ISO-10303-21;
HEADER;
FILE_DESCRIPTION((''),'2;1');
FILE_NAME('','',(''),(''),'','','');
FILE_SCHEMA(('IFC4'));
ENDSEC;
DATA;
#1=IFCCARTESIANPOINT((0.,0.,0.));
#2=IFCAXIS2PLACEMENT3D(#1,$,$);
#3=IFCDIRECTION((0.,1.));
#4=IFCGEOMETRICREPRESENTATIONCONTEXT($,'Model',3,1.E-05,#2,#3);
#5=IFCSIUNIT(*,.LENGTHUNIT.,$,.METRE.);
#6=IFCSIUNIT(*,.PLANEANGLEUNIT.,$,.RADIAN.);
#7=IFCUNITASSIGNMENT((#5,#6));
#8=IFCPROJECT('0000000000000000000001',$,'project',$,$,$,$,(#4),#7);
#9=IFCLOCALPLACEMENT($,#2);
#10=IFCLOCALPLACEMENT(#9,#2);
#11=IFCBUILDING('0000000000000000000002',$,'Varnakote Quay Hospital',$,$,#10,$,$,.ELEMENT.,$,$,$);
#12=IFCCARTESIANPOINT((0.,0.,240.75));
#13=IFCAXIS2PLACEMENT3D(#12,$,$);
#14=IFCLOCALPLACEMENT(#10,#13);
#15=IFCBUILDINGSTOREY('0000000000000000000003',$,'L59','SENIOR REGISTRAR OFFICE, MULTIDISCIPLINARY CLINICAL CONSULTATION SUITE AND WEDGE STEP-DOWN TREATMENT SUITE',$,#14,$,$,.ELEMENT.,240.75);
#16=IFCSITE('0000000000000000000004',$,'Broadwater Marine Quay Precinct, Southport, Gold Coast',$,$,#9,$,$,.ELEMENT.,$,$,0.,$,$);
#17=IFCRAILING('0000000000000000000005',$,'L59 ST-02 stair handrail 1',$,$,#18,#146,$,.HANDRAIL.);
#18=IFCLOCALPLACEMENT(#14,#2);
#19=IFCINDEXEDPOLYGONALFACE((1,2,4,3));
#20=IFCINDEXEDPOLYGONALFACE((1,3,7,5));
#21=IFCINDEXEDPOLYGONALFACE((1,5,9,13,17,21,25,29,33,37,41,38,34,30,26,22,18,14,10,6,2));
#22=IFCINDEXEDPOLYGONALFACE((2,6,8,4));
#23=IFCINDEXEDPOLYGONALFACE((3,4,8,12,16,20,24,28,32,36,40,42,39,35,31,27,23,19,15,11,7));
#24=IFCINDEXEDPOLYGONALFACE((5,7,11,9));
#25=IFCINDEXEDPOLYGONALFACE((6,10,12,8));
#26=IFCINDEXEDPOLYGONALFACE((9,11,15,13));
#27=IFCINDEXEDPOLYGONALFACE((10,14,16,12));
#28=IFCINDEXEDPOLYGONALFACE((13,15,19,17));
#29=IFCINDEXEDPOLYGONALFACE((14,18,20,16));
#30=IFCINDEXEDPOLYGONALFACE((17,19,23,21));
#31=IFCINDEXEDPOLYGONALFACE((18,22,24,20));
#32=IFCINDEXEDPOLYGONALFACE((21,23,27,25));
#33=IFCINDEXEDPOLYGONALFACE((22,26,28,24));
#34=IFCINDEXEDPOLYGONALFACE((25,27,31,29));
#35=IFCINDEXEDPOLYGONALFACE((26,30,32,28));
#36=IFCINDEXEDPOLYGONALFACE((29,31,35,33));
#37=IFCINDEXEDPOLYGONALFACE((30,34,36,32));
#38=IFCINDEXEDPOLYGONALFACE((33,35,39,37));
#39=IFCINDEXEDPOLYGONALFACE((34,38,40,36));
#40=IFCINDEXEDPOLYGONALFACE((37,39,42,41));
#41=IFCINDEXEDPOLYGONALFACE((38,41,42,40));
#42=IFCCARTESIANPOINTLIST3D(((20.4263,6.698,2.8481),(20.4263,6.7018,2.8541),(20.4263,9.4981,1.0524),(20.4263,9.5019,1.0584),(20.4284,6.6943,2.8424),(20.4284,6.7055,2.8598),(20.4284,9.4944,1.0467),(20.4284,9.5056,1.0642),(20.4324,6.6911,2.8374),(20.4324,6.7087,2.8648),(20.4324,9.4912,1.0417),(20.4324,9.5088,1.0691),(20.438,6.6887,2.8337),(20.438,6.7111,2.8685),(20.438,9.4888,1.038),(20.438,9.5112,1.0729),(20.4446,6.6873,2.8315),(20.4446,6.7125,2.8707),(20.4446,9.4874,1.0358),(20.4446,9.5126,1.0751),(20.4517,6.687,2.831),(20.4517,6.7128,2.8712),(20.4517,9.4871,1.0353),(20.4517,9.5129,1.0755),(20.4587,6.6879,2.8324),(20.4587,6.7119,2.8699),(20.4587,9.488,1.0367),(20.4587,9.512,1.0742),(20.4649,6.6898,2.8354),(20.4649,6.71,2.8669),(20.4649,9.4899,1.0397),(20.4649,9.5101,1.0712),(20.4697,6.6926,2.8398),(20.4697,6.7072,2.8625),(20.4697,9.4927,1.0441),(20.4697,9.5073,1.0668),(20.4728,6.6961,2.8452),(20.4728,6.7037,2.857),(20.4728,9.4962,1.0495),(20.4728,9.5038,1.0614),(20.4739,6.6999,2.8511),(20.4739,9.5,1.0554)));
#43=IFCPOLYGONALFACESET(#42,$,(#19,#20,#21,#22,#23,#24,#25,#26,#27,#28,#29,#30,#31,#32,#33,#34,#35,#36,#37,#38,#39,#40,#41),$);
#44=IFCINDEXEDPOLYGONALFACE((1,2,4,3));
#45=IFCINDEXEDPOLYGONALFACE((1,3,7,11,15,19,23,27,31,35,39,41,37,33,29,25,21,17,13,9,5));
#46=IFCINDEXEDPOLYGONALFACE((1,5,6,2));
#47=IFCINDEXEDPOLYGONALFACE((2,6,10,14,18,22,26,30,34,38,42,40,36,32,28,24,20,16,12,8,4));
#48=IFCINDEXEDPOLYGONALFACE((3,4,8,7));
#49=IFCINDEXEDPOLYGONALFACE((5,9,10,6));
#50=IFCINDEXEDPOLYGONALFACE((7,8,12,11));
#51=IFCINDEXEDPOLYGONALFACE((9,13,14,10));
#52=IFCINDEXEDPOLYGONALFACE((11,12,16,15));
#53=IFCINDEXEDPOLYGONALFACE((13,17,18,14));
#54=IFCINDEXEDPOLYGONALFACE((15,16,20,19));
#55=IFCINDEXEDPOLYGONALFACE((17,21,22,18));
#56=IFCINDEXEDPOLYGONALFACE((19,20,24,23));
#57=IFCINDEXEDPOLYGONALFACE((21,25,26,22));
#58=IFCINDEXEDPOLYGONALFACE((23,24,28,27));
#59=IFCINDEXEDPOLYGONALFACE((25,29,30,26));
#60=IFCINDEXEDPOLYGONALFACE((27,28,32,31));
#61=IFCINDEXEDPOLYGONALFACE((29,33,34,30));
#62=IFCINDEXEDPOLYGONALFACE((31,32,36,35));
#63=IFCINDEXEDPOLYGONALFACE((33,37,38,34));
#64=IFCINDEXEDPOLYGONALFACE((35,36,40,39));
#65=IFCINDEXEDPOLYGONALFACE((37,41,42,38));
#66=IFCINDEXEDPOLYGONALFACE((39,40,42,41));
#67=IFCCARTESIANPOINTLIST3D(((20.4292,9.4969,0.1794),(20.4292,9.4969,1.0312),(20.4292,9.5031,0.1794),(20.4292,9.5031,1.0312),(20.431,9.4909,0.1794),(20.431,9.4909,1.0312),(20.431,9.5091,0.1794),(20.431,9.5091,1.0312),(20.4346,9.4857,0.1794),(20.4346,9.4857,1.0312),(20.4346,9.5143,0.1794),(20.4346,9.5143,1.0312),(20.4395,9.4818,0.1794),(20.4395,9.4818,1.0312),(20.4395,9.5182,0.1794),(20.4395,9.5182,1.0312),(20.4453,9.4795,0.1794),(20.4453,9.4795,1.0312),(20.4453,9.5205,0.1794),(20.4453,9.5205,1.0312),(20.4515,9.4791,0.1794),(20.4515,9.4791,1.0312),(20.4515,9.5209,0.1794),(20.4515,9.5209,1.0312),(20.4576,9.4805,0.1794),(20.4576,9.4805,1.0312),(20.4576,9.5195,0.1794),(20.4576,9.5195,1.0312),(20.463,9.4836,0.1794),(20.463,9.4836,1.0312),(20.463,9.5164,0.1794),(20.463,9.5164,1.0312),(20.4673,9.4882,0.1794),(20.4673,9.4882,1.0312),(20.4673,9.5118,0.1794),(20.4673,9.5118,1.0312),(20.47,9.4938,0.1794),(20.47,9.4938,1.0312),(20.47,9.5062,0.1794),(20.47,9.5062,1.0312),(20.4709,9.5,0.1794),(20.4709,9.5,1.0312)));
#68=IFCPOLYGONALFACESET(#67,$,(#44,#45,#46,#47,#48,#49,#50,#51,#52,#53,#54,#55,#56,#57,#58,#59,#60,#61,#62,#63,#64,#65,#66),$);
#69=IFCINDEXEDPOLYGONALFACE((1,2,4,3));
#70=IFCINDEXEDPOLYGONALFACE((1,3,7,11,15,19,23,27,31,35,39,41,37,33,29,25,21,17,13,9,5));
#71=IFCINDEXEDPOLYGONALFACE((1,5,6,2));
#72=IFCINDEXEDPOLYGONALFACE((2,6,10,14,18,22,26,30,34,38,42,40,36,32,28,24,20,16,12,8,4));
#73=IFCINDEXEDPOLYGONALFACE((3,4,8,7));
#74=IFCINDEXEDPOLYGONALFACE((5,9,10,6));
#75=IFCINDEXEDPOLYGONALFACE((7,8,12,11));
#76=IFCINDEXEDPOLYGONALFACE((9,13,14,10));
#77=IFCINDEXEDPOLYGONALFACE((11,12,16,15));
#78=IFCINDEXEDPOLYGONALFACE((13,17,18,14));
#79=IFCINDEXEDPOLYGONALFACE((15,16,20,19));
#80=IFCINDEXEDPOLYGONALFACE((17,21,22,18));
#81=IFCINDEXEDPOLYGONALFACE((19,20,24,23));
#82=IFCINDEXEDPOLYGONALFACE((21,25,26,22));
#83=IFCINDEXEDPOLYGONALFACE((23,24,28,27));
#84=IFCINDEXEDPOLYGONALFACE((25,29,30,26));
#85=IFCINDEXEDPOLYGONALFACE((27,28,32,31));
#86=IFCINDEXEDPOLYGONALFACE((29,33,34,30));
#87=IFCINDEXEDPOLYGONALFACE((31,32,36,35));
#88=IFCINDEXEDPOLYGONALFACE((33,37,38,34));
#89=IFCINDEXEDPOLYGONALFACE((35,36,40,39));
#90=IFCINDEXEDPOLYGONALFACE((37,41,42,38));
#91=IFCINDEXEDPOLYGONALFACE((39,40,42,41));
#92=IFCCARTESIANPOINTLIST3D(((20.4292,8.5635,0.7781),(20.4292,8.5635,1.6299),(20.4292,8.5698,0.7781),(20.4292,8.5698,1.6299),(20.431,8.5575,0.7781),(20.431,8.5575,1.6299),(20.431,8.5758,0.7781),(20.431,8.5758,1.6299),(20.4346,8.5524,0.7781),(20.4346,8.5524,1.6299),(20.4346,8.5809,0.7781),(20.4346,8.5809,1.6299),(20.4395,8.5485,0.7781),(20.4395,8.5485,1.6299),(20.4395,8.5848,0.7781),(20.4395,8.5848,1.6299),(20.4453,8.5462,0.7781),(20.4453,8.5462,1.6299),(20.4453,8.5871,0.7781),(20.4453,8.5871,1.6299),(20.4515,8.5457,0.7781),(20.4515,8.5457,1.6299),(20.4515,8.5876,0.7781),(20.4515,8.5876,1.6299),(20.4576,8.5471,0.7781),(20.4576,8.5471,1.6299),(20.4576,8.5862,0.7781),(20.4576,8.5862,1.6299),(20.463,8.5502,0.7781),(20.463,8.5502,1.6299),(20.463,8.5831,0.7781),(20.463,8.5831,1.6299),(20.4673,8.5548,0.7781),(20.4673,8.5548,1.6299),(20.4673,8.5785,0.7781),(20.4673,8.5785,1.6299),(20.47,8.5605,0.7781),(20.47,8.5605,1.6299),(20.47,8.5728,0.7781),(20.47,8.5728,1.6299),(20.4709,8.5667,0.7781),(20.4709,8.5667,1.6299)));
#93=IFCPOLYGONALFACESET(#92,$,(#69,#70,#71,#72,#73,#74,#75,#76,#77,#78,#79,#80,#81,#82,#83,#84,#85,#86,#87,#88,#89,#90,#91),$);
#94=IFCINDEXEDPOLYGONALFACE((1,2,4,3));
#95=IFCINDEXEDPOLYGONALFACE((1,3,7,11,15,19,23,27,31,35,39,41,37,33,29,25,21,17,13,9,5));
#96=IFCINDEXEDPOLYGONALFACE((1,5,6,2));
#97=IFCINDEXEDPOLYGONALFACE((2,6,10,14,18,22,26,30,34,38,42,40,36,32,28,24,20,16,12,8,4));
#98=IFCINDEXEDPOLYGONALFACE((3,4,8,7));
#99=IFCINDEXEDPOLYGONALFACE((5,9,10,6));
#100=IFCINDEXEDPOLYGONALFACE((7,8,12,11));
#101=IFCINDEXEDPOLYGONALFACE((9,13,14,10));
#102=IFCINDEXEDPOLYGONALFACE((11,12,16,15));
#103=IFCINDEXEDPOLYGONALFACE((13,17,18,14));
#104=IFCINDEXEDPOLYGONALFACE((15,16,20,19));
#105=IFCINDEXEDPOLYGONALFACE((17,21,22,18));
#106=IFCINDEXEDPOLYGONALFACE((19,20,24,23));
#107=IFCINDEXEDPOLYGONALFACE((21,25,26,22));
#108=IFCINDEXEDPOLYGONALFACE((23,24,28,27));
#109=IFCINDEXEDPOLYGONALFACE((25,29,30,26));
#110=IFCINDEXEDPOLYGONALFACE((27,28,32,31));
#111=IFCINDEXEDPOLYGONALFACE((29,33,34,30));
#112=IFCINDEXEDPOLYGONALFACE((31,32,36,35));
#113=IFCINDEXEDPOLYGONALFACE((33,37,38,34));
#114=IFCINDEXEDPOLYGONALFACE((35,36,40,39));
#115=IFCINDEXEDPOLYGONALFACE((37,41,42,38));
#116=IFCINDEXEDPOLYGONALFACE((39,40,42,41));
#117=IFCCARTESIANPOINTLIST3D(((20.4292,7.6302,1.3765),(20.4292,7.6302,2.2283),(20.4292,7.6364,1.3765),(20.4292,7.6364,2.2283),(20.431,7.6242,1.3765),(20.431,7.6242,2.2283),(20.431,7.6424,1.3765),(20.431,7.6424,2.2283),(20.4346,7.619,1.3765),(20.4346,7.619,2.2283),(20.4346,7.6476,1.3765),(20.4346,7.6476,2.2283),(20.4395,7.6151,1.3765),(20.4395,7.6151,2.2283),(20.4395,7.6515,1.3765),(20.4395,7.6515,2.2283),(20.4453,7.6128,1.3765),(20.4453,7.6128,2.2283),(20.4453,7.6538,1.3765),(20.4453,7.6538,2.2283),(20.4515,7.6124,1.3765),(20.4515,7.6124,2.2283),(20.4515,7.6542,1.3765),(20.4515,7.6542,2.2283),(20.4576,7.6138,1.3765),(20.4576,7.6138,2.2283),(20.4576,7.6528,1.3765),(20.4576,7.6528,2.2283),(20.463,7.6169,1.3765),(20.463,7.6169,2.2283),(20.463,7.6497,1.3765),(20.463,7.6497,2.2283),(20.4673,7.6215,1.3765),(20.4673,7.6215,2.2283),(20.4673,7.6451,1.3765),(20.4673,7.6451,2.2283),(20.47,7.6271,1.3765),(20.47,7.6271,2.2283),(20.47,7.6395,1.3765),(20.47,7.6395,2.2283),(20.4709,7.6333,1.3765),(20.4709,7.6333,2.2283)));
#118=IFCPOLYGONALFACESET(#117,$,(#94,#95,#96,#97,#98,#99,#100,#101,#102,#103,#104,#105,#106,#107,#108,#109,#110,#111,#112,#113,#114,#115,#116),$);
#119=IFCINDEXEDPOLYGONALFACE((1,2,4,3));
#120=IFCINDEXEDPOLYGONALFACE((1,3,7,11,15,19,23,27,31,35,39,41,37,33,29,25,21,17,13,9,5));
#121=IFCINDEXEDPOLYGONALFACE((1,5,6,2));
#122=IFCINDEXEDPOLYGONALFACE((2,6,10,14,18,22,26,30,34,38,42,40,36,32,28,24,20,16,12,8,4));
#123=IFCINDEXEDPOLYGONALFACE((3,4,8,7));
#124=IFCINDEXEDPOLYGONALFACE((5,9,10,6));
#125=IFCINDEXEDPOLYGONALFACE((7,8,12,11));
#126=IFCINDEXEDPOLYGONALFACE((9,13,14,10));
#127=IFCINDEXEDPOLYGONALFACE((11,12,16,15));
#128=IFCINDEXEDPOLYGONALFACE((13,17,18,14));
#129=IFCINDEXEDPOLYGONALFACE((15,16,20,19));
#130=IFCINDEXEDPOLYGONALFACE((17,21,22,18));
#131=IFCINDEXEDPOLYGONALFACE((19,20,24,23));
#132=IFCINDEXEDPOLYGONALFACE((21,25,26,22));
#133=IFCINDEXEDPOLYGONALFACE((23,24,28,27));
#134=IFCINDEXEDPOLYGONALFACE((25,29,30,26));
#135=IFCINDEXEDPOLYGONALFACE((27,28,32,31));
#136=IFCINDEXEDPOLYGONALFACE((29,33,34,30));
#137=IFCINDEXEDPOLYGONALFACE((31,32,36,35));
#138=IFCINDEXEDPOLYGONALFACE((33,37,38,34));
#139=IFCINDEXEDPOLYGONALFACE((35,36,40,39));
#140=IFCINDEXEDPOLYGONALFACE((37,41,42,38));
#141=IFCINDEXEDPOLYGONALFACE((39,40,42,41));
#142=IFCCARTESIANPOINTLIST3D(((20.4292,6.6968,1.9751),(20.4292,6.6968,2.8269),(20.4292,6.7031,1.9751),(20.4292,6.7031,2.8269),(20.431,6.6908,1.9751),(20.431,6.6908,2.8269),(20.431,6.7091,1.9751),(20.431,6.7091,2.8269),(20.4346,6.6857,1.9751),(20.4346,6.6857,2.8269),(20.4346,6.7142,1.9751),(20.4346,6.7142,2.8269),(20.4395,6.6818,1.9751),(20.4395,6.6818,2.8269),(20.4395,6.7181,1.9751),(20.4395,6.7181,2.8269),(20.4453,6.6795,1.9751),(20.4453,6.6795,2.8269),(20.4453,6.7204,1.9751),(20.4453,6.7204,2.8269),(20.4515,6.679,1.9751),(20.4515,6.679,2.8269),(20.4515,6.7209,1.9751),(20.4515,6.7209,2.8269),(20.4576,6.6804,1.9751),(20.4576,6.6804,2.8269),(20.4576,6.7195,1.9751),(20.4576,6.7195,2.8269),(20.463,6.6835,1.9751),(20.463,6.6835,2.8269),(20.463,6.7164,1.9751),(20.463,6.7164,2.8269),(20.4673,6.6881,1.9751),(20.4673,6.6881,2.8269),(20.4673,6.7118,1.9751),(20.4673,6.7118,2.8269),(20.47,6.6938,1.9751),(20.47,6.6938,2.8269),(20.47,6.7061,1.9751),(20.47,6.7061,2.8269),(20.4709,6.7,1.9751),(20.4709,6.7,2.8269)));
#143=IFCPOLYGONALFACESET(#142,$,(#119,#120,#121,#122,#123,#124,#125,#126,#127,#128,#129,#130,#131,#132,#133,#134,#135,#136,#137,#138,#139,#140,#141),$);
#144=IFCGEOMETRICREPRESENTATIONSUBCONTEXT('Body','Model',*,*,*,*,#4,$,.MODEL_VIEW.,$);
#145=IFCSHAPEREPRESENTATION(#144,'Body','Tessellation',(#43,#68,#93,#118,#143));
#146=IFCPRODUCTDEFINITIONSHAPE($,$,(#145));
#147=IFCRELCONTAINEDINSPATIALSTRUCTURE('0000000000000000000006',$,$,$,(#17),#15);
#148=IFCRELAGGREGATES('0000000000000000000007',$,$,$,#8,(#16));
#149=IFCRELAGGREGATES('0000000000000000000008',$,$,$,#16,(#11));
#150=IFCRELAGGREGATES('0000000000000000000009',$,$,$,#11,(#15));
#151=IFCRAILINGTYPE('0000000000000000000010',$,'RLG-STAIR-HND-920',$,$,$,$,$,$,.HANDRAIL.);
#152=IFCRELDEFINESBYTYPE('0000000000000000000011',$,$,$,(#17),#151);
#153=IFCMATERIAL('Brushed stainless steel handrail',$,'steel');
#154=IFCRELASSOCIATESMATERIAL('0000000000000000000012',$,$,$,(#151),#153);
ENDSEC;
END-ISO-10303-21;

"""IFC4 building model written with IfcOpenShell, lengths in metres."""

from ifc_helpers import new_model, si_unit, direction, frame, origin, origin_2d, place, context, subcontext, project, spatial, circle, extrude, material, type_object, element, save


model = new_model("IFC4")

# Units and contexts
model_context = context("Model", 3, precision=1e-05, world=origin(), true_north=direction((0.0, 1.0)))
body_context = subcontext(model_context, "Body", "Model", "MODEL_VIEW")
ifc_project = project(units=[si_unit("LENGTHUNIT", "METRE"), si_unit("PLANEANGLEUNIT", "RADIAN")], contexts=[model_context])

# Site, building, storey
site_placement = place(None, origin())
site = spatial("IfcSite", under=ifc_project, at=site_placement, Name="Broadwater Marine Quay Precinct, Southport, Gold Coast", CompositionType="ELEMENT", RefElevation=0.0)
building_placement = place(site_placement, origin())
building = spatial("IfcBuilding", under=site, at=building_placement, Name="Varnakote Quay Hospital", CompositionType="ELEMENT")
storey_placement = place(building_placement, frame((0.0, 0.0, 240.75)))
storey = spatial("IfcBuildingStorey", under=building, at=storey_placement, Name="L59", Description="SENIOR REGISTRAR OFFICE, MULTIDISCIPLINARY CLINICAL CONSULTATION SUITE AND WEDGE STEP-DOWN TREATMENT SUITE", CompositionType="ELEMENT", Elevation=240.75)

# Railing
ifc_material_1 = material(Name="Brushed stainless steel handrail", Category="steel")
railing_type_1 = type_object("IfcRailingType", Name="RLG-STAIR-HND-920", PredefinedType="HANDRAIL", material=ifc_material_1)
railing_1_placement = place(storey_placement, frame((20.45, 9.5, 0.1794)))
element("IfcRailing", 1, at=railing_1_placement, inside=storey, type_object=railing_type_1, Name="L59 ST-02 stair handrail 1", PredefinedType="HANDRAIL", context=body_context, shape_type="SweptSolid", body=[
    extrude(circle(Radius=0.0239, at=origin_2d()), frame((0.0, 0.0, 0.876), z_axis=(0.0, -0.841777, 0.539826), x_axis=(1.0, 0.0, 0.0)), (0.0, 0.0, 1.0), 3.3264),
    extrude(circle(Radius=0.021, at=origin_2d()), origin(), (0.0, 0.0, 1.0), 0.8518),
    extrude(circle(Radius=0.021, at=origin_2d()), frame((0.0, -0.9333, 0.5986)), (0.0, 0.0, 1.0), 0.8518),
    extrude(circle(Radius=0.021, at=origin_2d()), frame((0.0, -1.8667, 1.197)), (0.0, 0.0, 1.0), 0.8518),
    extrude(circle(Radius=0.021, at=origin_2d()), frame((0.0, -2.8, 1.7957)), (0.0, 0.0, 1.0), 0.8518),
])

save(model, "model.ifc")
